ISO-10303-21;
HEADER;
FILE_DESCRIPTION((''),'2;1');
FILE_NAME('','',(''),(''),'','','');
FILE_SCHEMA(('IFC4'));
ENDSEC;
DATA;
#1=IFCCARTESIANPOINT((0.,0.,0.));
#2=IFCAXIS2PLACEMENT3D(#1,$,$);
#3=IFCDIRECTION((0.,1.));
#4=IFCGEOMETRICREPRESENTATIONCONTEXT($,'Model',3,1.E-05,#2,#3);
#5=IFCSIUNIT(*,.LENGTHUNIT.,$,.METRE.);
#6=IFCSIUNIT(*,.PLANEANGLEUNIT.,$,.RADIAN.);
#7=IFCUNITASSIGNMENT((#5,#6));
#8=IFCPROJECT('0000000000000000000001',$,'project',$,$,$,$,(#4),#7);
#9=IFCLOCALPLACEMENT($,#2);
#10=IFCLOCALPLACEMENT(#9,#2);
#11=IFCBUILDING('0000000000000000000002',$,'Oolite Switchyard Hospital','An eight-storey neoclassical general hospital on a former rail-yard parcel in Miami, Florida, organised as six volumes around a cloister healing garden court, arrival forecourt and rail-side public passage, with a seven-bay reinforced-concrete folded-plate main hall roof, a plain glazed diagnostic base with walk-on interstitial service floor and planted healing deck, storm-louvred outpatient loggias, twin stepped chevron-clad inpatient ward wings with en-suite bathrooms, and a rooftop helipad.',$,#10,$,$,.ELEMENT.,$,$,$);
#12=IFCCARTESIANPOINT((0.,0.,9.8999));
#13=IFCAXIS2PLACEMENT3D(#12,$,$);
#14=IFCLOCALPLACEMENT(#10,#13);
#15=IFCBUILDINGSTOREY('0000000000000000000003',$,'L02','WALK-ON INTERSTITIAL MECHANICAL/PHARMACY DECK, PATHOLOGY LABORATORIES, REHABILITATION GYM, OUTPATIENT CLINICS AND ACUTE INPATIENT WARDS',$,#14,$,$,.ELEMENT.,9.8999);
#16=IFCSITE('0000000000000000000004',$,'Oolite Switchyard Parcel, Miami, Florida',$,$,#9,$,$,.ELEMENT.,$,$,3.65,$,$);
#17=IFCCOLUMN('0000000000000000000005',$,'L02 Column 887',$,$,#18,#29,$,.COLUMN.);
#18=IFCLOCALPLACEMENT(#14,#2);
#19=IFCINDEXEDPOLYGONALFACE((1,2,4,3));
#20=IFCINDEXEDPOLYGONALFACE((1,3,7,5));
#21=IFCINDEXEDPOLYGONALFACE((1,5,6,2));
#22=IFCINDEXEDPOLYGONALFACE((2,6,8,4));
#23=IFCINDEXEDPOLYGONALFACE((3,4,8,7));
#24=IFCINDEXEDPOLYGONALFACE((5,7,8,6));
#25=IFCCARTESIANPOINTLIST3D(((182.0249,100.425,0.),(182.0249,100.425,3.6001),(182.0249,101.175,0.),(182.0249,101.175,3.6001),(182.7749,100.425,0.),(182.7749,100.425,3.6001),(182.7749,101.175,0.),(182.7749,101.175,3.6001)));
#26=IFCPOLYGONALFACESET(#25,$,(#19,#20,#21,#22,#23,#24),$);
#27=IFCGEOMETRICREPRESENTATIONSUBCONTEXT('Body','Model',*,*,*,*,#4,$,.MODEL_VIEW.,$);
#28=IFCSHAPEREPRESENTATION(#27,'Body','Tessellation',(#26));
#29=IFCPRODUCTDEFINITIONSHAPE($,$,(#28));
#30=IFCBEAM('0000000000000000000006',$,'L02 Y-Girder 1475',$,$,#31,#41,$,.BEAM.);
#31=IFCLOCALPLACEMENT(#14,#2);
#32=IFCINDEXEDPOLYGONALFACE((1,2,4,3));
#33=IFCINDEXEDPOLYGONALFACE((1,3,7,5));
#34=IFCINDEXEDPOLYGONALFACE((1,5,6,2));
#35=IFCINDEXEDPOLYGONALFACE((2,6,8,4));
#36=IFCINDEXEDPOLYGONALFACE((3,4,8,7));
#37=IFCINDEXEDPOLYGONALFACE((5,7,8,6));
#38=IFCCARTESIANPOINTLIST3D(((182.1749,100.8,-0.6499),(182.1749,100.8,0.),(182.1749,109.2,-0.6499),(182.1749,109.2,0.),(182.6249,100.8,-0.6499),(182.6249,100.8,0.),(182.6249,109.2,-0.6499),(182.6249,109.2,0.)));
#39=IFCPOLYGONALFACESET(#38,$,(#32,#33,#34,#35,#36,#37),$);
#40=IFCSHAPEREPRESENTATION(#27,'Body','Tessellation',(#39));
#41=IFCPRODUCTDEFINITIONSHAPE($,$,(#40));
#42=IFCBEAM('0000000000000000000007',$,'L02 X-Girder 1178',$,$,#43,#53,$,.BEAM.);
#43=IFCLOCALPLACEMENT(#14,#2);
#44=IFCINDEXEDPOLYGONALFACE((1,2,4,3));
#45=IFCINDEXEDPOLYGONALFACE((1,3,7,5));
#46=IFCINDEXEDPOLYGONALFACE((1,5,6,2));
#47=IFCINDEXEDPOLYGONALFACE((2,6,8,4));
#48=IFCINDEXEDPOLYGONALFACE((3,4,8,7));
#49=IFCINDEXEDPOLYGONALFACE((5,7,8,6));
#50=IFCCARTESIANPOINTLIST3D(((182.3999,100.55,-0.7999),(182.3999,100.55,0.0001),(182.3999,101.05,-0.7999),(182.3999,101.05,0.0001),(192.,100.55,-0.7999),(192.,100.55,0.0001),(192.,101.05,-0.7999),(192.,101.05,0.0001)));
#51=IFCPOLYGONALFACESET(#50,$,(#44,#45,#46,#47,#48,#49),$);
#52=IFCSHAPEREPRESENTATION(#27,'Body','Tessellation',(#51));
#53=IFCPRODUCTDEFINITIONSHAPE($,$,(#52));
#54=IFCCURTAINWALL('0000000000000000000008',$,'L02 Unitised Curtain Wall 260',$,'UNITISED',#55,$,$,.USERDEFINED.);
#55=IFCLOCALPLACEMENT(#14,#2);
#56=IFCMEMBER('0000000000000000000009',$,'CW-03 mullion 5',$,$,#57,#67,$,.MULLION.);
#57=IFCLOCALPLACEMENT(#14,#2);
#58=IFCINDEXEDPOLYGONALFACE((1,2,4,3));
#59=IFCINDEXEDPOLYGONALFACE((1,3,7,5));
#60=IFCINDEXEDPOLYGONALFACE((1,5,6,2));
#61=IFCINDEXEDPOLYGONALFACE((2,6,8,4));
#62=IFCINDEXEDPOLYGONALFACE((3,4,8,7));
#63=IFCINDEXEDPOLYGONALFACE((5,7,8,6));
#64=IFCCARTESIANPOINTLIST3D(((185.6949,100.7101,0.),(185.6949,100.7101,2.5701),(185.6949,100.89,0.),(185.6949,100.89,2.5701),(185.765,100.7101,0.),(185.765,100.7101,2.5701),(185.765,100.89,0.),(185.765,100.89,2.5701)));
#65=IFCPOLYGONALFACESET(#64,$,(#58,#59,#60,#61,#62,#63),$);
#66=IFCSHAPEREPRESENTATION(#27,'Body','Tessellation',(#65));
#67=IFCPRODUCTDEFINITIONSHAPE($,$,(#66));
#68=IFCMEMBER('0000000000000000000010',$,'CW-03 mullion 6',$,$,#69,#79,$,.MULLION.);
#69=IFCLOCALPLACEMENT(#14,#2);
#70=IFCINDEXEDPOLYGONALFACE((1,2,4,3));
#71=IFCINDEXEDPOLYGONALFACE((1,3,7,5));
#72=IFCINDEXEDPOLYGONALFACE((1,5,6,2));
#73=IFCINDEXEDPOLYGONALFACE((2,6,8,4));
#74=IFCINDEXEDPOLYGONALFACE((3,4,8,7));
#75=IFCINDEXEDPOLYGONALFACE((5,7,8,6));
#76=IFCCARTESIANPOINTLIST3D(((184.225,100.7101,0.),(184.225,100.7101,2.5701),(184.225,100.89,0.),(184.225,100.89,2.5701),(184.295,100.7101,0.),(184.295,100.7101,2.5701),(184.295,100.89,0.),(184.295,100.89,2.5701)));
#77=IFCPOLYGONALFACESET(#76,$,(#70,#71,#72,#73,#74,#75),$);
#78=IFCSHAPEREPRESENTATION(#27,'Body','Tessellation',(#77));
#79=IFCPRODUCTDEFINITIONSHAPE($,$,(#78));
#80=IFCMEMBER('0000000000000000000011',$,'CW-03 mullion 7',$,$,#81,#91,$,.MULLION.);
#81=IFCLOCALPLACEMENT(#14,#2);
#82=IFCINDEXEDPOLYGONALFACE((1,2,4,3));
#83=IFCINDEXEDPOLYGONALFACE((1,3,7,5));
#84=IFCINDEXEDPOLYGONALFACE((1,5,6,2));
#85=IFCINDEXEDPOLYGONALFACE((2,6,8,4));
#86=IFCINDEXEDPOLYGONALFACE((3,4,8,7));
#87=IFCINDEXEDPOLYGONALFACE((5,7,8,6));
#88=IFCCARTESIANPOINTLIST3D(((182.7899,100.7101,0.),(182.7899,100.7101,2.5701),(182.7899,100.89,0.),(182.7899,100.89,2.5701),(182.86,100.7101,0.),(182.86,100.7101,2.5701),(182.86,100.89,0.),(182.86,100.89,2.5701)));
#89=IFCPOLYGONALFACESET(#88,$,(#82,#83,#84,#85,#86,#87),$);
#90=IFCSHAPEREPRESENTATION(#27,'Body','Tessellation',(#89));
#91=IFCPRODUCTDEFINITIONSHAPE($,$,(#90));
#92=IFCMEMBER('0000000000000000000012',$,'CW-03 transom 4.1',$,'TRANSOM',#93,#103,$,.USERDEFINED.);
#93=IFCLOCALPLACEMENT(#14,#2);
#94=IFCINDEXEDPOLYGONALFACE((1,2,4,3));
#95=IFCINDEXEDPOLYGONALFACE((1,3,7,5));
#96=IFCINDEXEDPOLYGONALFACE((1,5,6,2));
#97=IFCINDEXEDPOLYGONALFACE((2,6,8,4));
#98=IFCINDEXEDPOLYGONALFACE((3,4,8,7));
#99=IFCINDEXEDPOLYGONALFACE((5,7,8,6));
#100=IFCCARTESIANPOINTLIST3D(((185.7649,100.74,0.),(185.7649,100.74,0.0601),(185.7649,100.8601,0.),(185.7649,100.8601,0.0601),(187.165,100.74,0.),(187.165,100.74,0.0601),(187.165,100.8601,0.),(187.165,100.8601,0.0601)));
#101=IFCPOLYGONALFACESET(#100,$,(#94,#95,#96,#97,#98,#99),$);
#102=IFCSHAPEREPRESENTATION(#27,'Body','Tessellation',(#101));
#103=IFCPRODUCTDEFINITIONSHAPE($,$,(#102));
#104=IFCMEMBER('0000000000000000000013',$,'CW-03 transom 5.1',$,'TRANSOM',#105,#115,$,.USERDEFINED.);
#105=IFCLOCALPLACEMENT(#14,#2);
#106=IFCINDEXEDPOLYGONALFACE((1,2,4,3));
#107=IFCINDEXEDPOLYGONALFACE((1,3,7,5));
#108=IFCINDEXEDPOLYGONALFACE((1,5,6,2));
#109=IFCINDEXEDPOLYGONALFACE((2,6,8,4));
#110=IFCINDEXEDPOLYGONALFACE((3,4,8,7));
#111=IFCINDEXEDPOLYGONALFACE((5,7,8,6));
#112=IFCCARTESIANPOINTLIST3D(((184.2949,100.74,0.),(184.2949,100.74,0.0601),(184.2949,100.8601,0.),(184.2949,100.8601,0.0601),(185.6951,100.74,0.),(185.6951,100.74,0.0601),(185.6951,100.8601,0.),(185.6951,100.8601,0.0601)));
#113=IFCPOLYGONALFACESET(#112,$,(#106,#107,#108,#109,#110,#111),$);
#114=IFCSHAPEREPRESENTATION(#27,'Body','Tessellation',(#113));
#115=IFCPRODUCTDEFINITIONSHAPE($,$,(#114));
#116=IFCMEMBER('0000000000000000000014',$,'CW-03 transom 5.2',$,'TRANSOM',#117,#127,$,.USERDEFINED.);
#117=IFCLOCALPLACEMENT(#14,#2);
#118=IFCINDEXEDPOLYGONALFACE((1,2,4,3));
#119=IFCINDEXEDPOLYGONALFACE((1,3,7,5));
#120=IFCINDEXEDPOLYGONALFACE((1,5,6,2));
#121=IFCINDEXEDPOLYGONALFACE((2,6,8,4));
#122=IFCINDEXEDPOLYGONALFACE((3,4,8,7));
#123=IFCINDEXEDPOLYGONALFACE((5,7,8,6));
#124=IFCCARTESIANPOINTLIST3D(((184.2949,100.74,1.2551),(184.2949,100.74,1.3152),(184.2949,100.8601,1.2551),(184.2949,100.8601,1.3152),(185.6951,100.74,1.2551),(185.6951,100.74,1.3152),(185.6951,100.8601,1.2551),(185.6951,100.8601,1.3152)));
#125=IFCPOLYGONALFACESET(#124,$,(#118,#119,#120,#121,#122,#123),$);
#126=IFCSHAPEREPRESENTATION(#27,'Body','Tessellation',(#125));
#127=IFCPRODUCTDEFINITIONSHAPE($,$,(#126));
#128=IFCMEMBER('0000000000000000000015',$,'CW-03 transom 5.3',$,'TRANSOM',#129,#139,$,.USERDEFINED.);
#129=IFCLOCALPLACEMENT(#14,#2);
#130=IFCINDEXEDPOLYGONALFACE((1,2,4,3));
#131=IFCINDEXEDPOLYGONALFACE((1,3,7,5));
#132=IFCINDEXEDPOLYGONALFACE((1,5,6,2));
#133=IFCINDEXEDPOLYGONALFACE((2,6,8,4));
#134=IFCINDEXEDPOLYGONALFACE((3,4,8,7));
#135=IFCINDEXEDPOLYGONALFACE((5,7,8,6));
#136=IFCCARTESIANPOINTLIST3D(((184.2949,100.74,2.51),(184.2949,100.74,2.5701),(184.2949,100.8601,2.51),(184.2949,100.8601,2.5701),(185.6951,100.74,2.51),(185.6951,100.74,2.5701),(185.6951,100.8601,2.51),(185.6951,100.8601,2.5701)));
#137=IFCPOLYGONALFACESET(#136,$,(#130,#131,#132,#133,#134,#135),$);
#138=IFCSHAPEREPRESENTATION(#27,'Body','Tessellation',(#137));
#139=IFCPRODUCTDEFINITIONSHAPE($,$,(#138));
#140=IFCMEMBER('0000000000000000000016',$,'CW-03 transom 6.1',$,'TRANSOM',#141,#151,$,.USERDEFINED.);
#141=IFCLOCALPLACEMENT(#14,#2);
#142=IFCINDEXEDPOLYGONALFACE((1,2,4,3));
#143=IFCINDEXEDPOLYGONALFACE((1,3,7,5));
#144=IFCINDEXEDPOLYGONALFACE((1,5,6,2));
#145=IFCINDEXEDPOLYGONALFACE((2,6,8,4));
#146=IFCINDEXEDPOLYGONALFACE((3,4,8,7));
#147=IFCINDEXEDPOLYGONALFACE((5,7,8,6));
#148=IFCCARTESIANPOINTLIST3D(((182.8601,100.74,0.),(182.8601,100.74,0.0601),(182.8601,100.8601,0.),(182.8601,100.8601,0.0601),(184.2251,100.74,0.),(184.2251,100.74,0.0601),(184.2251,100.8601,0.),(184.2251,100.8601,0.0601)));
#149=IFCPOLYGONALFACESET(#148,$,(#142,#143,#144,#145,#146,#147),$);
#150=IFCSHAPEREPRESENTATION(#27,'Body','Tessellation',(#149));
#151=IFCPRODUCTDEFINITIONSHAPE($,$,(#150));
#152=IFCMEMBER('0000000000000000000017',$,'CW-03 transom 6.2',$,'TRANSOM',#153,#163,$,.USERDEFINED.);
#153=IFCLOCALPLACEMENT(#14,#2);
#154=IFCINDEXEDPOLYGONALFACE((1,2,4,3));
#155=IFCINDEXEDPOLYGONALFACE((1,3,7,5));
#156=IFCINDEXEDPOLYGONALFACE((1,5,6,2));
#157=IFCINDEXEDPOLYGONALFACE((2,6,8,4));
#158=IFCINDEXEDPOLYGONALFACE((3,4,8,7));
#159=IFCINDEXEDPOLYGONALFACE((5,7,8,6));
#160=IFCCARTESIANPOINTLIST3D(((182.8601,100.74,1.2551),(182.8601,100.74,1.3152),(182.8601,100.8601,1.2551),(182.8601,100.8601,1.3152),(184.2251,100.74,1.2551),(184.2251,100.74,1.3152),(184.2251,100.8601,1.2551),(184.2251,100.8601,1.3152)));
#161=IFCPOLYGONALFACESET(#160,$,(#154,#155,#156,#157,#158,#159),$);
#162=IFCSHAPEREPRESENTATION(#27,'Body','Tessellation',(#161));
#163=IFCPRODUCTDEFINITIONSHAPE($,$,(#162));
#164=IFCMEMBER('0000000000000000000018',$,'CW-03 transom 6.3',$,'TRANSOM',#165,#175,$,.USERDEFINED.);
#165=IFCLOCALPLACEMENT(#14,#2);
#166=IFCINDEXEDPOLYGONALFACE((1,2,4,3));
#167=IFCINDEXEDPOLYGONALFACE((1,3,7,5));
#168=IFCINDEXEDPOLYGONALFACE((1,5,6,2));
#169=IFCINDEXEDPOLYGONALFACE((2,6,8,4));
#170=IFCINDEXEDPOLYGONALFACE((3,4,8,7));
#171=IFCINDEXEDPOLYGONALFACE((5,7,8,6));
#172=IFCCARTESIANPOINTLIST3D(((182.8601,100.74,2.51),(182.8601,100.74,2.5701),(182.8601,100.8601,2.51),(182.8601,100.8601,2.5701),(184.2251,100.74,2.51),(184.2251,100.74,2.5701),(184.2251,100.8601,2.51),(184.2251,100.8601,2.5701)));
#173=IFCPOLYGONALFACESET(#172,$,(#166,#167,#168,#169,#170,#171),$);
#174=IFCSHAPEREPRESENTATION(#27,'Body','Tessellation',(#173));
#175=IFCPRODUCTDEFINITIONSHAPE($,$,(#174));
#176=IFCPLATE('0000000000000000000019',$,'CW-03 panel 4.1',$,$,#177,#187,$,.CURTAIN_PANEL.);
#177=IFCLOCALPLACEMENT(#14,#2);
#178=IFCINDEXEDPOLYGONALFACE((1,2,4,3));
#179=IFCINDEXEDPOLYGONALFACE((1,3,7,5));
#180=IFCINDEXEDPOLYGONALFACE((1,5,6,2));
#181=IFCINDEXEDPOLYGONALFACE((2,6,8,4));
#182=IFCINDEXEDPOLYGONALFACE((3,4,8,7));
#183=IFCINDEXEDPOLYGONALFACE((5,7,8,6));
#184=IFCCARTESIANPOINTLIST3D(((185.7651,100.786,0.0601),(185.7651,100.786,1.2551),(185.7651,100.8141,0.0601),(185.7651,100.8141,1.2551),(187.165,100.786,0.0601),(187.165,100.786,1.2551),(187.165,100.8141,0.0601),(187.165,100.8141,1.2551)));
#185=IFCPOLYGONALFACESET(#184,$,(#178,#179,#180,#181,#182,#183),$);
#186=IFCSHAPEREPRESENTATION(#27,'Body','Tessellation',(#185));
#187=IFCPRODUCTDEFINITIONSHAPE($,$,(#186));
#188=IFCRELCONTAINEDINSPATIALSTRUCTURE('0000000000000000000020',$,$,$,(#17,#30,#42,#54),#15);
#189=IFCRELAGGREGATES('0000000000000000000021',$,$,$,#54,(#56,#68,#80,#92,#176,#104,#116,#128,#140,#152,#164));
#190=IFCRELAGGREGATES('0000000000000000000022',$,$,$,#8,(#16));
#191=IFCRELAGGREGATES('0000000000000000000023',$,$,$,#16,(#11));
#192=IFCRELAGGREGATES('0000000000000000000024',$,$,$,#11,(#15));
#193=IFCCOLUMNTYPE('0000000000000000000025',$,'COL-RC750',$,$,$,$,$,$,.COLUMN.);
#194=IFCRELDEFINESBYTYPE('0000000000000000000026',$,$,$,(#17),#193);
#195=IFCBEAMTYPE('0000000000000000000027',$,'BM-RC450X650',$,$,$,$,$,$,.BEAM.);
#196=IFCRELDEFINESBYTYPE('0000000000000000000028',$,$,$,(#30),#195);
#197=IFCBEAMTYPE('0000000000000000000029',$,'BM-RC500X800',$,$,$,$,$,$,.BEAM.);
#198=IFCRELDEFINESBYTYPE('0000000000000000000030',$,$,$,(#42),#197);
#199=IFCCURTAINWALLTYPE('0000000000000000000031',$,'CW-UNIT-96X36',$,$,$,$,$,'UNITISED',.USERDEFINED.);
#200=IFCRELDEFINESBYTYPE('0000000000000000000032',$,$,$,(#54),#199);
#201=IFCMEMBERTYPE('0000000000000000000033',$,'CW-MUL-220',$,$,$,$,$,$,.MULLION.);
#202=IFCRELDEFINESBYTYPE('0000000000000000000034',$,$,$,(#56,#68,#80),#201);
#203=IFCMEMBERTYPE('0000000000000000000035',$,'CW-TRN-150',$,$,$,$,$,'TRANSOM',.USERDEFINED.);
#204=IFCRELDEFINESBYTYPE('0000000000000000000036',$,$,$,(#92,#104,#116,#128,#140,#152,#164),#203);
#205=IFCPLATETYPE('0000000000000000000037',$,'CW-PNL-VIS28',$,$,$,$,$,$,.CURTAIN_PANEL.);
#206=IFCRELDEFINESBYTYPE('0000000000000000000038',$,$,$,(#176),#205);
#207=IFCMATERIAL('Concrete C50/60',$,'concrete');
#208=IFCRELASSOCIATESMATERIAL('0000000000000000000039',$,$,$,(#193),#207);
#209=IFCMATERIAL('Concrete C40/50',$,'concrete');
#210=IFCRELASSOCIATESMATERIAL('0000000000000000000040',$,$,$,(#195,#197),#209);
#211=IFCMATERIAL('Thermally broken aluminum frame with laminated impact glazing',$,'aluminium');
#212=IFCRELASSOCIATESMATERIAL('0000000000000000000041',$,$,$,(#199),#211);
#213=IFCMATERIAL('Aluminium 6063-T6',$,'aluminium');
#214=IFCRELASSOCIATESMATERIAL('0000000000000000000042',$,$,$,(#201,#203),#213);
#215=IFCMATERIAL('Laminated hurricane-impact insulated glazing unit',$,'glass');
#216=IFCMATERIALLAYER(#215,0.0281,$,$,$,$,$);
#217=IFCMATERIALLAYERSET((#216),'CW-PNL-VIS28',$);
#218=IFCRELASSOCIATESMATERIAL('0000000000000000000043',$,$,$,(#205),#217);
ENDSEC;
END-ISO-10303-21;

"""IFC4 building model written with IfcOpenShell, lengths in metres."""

from ifc_helpers import new_model, si_unit, direction, frame, origin, origin_2d, place, context, subcontext, project, spatial, rectangle, extrude, material, layer, layer_set, material_profile, profile_set, type_object, element, aggregate, save


model = new_model("IFC4")

# Units and contexts
model_context = context("Model", 3, precision=1e-05, world=origin(), true_north=direction((0.0, 1.0)))
body_context = subcontext(model_context, "Body", "Model", "MODEL_VIEW")
ifc_project = project(units=[si_unit("LENGTHUNIT", "METRE"), si_unit("PLANEANGLEUNIT", "RADIAN")], contexts=[model_context])

# Site, building, storey
site_placement = place(None, origin())
site = spatial("IfcSite", under=ifc_project, at=site_placement, Name="Oolite Switchyard Parcel, Miami, Florida", CompositionType="ELEMENT", RefElevation=3.65)
building_placement = place(site_placement, origin())
building = spatial("IfcBuilding", under=site, at=building_placement, Name="Oolite Switchyard Hospital", Description="An eight-storey neoclassical general hospital on a former rail-yard parcel in Miami, Florida, organised as six volumes around a cloister healing garden court, arrival forecourt and rail-side public passage, with a seven-bay reinforced-concrete folded-plate main hall roof, a plain glazed diagnostic base with walk-on interstitial service floor and planted healing deck, storm-louvred outpatient loggias, twin stepped chevron-clad inpatient ward wings with en-suite bathrooms, and a rooftop helipad.", CompositionType="ELEMENT")
storey_placement = place(building_placement, frame((0.0, 0.0, 9.8999)))
storey = spatial("IfcBuildingStorey", under=building, at=storey_placement, Name="L02", Description="WALK-ON INTERSTITIAL MECHANICAL/PHARMACY DECK, PATHOLOGY LABORATORIES, REHABILITATION GYM, OUTPATIENT CLINICS AND ACUTE INPATIENT WARDS", CompositionType="ELEMENT", Elevation=9.8999)

# Column
ifc_material_1 = material(Name="Concrete C50/60", Category="concrete")
ifc_material_profile_1 = material_profile(ifc_material_1, rectangle(XDim=0.75, YDim=0.75, at=origin_2d()), Name="RC750X750")
ifc_profile_set_1 = profile_set([ifc_material_profile_1], Name="Concrete C50/60")
column_type = type_object("IfcColumnType", Name="COL-RC750", PredefinedType="COLUMN", material=ifc_profile_set_1)
column_placement = place(storey_placement, frame((182.3999, 100.8, 0.0), z_axis=(0.0, 0.0, 1.0), x_axis=(1.0, 0.0, 0.0)))
element("IfcColumn", 1, at=column_placement, inside=storey, type_object=column_type, Name="L02 Column 887", PredefinedType="COLUMN", context=body_context, shape_type="SweptSolid", body=[
    extrude(rectangle(XDim=0.75, YDim=0.75, at=origin_2d()), origin(), (0.0, 0.0, 1.0), 3.6001),
])

# Beams
ifc_material_2 = material(Name="Concrete C40/50", Category="concrete")
ifc_material_profile_2 = material_profile(ifc_material_2, rectangle(XDim=0.45, YDim=0.6499, at=origin_2d()), Name="RCB450X650")
ifc_profile_set_2 = profile_set([ifc_material_profile_2], Name="Concrete C40/50")
beam_type_1 = type_object("IfcBeamType", Name="BM-RC450X650", PredefinedType="BEAM", material=ifc_profile_set_2)
beam_1_placement = place(storey_placement, frame((182.3999, 100.8, -0.325), z_axis=(0.0, 1.0, 0.0), x_axis=(-1.0, 0.0, 0.0)))
element("IfcBeam", 2, at=beam_1_placement, inside=storey, type_object=beam_type_1, Name="L02 Y-Girder 1475", PredefinedType="BEAM", context=body_context, shape_type="SweptSolid", body=[
    extrude(rectangle(XDim=0.45, YDim=0.6499, at=origin_2d()), origin(), (0.0, 0.0, 1.0), 8.3999),
])
ifc_material_profile_3 = material_profile(ifc_material_2, rectangle(XDim=0.5, YDim=0.8, at=origin_2d()), Name="RCB500X800")
ifc_profile_set_3 = profile_set([ifc_material_profile_3], Name="Concrete C40/50")
beam_type_2 = type_object("IfcBeamType", Name="BM-RC500X800", PredefinedType="BEAM", material=ifc_profile_set_3)
beam_2_placement = place(storey_placement, frame((182.3999, 100.8, -0.3999), z_axis=(1.0, 0.0, 0.0), x_axis=(0.0, 1.0, 0.0)))
element("IfcBeam", 3, at=beam_2_placement, inside=storey, type_object=beam_type_2, Name="L02 X-Girder 1178", PredefinedType="BEAM", context=body_context, shape_type="SweptSolid", body=[
    extrude(rectangle(XDim=0.5, YDim=0.8, at=origin_2d()), origin(), (0.0, 0.0, 1.0), 9.6001),
])

# Curtain wall, members, plate
ifc_material_3 = material(Name="Thermally broken aluminum frame with laminated impact glazing", Category="aluminium")
curtain_wall_type = type_object("IfcCurtainWallType", Name="CW-UNIT-96X36", ElementType="UNITISED", PredefinedType="USERDEFINED", material=ifc_material_3)
curtain_wall_placement = place(storey_placement, origin())
curtain_wall = element("IfcCurtainWall", 4, at=curtain_wall_placement, inside=storey, type_object=curtain_wall_type, Name="L02 Unitised Curtain Wall 260", ObjectType="UNITISED", PredefinedType="USERDEFINED")
ifc_material_4 = material(Name="Aluminium 6063-T6", Category="aluminium")
ifc_material_profile_4 = material_profile(ifc_material_4, rectangle(XDim=0.1799, YDim=0.0701, at=origin_2d()), Name="CWM70X180")
ifc_profile_set_4 = profile_set([ifc_material_profile_4], Name="Aluminium 6063-T6")
member_type_1 = type_object("IfcMemberType", Name="CW-MUL-220", PredefinedType="MULLION", material=ifc_profile_set_4)
member_1_placement = place(storey_placement, frame((185.73, 100.8, 0.0), z_axis=(0.0, 0.0, 1.0), x_axis=(0.0, -1.0, 0.0)))
member_1 = element("IfcMember", 5, at=member_1_placement, type_object=member_type_1, Name="CW-03 mullion 5", PredefinedType="MULLION", context=body_context, shape_type="SweptSolid", body=[
    extrude(rectangle(XDim=0.1799, YDim=0.0701, at=origin_2d()), origin(), (0.0, 0.0, 1.0), 2.5701),
])
member_2_placement = place(storey_placement, frame((184.26, 100.8, 0.0), z_axis=(0.0, 0.0, 1.0), x_axis=(0.0, -1.0, 0.0)))
member_2 = element("IfcMember", 6, at=member_2_placement, type_object=member_type_1, Name="CW-03 mullion 6", PredefinedType="MULLION", context=body_context, shape_type="SweptSolid", body=[
    extrude(rectangle(XDim=0.1799, YDim=0.0701, at=origin_2d()), origin(), (0.0, 0.0, 1.0), 2.5701),
])
member_3_placement = place(storey_placement, frame((182.825, 100.8, 0.0), z_axis=(0.0, 0.0, 1.0), x_axis=(0.0, -1.0, 0.0)))
member_3 = element("IfcMember", 7, at=member_3_placement, type_object=member_type_1, Name="CW-03 mullion 7", PredefinedType="MULLION", context=body_context, shape_type="SweptSolid", body=[
    extrude(rectangle(XDim=0.1799, YDim=0.0701, at=origin_2d()), origin(), (0.0, 0.0, 1.0), 2.5701),
])
ifc_material_profile_5 = material_profile(ifc_material_4, rectangle(XDim=0.1201, YDim=0.0601, at=origin_2d()), Name="CWT60X120")
ifc_profile_set_5 = profile_set([ifc_material_profile_5], Name="Aluminium 6063-T6")
member_type_2 = type_object("IfcMemberType", Name="CW-TRN-150", ElementType="TRANSOM", PredefinedType="USERDEFINED", material=ifc_profile_set_5)
member_4_placement = place(storey_placement, frame((187.165, 100.8, 0.03), z_axis=(-1.0, 0.0, 0.0), x_axis=(0.0, -1.0, 0.0)))
member_4 = element("IfcMember", 8, at=member_4_placement, type_object=member_type_2, Name="CW-03 transom 4.1", ObjectType="TRANSOM", PredefinedType="USERDEFINED", context=body_context, shape_type="SweptSolid", body=[
    extrude(rectangle(XDim=0.1201, YDim=0.0601, at=origin_2d()), origin(), (0.0, 0.0, 1.0), 1.4001),
])
member_5_placement = place(storey_placement, frame((185.6951, 100.8, 0.03), z_axis=(-1.0, 0.0, 0.0), x_axis=(0.0, -1.0, 0.0)))
member_5 = element("IfcMember", 9, at=member_5_placement, type_object=member_type_2, Name="CW-03 transom 5.1", ObjectType="TRANSOM", PredefinedType="USERDEFINED", context=body_context, shape_type="SweptSolid", body=[
    extrude(rectangle(XDim=0.1201, YDim=0.0601, at=origin_2d()), origin(), (0.0, 0.0, 1.0), 1.4001),
])
member_6_placement = place(storey_placement, frame((185.6951, 100.8, 1.2852), z_axis=(-1.0, 0.0, 0.0), x_axis=(0.0, -1.0, 0.0)))
member_6 = element("IfcMember", 10, at=member_6_placement, type_object=member_type_2, Name="CW-03 transom 5.2", ObjectType="TRANSOM", PredefinedType="USERDEFINED", context=body_context, shape_type="SweptSolid", body=[
    extrude(rectangle(XDim=0.1201, YDim=0.0601, at=origin_2d()), origin(), (0.0, 0.0, 1.0), 1.4001),
])
member_7_placement = place(storey_placement, frame((185.6951, 100.8, 2.54), z_axis=(-1.0, 0.0, 0.0), x_axis=(0.0, -1.0, 0.0)))
member_7 = element("IfcMember", 11, at=member_7_placement, type_object=member_type_2, Name="CW-03 transom 5.3", ObjectType="TRANSOM", PredefinedType="USERDEFINED", context=body_context, shape_type="SweptSolid", body=[
    extrude(rectangle(XDim=0.1201, YDim=0.0601, at=origin_2d()), origin(), (0.0, 0.0, 1.0), 1.4001),
])
member_8_placement = place(storey_placement, frame((184.2251, 100.8, 0.03), z_axis=(-1.0, 0.0, 0.0), x_axis=(0.0, -1.0, 0.0)))
member_8 = element("IfcMember", 12, at=member_8_placement, type_object=member_type_2, Name="CW-03 transom 6.1", ObjectType="TRANSOM", PredefinedType="USERDEFINED", context=body_context, shape_type="SweptSolid", body=[
    extrude(rectangle(XDim=0.1201, YDim=0.0601, at=origin_2d()), origin(), (0.0, 0.0, 1.0), 1.365),
])
member_9_placement = place(storey_placement, frame((184.2251, 100.8, 1.2852), z_axis=(-1.0, 0.0, 0.0), x_axis=(0.0, -1.0, 0.0)))
member_9 = element("IfcMember", 13, at=member_9_placement, type_object=member_type_2, Name="CW-03 transom 6.2", ObjectType="TRANSOM", PredefinedType="USERDEFINED", context=body_context, shape_type="SweptSolid", body=[
    extrude(rectangle(XDim=0.1201, YDim=0.0601, at=origin_2d()), origin(), (0.0, 0.0, 1.0), 1.365),
])
member_10_placement = place(storey_placement, frame((184.2251, 100.8, 2.54), z_axis=(-1.0, 0.0, 0.0), x_axis=(0.0, -1.0, 0.0)))
member_10 = element("IfcMember", 14, at=member_10_placement, type_object=member_type_2, Name="CW-03 transom 6.3", ObjectType="TRANSOM", PredefinedType="USERDEFINED", context=body_context, shape_type="SweptSolid", body=[
    extrude(rectangle(XDim=0.1201, YDim=0.0601, at=origin_2d()), origin(), (0.0, 0.0, 1.0), 1.365),
])
ifc_material_5 = material(Name="Laminated hurricane-impact insulated glazing unit", Category="glass")
ifc_layer_1 = layer(ifc_material_5, 0.0281)
ifc_layer_set_1 = layer_set([ifc_layer_1], Name="CW-PNL-VIS28")
plate_type = type_object("IfcPlateType", Name="CW-PNL-VIS28", PredefinedType="CURTAIN_PANEL", material=ifc_layer_set_1)
plate_1_placement = place(storey_placement, frame((186.4651, 100.8, 0.0601), z_axis=(0.0, 0.0, 1.0), x_axis=(-1.0, 0.0, 0.0)))
plate_1 = element("IfcPlate", 15, at=plate_1_placement, type_object=plate_type, Name="CW-03 panel 4.1", PredefinedType="CURTAIN_PANEL", context=body_context, shape_type="SweptSolid", body=[
    extrude(rectangle(XDim=1.3999, YDim=0.0281, at=origin_2d()), origin(), (0.0, 0.0, 1.0), 1.1951),
])
aggregate(curtain_wall, [member_1, member_2, member_3, member_4, plate_1, member_5, member_6, member_7, member_8, member_9, member_10])

save(model, "model.ifc")
